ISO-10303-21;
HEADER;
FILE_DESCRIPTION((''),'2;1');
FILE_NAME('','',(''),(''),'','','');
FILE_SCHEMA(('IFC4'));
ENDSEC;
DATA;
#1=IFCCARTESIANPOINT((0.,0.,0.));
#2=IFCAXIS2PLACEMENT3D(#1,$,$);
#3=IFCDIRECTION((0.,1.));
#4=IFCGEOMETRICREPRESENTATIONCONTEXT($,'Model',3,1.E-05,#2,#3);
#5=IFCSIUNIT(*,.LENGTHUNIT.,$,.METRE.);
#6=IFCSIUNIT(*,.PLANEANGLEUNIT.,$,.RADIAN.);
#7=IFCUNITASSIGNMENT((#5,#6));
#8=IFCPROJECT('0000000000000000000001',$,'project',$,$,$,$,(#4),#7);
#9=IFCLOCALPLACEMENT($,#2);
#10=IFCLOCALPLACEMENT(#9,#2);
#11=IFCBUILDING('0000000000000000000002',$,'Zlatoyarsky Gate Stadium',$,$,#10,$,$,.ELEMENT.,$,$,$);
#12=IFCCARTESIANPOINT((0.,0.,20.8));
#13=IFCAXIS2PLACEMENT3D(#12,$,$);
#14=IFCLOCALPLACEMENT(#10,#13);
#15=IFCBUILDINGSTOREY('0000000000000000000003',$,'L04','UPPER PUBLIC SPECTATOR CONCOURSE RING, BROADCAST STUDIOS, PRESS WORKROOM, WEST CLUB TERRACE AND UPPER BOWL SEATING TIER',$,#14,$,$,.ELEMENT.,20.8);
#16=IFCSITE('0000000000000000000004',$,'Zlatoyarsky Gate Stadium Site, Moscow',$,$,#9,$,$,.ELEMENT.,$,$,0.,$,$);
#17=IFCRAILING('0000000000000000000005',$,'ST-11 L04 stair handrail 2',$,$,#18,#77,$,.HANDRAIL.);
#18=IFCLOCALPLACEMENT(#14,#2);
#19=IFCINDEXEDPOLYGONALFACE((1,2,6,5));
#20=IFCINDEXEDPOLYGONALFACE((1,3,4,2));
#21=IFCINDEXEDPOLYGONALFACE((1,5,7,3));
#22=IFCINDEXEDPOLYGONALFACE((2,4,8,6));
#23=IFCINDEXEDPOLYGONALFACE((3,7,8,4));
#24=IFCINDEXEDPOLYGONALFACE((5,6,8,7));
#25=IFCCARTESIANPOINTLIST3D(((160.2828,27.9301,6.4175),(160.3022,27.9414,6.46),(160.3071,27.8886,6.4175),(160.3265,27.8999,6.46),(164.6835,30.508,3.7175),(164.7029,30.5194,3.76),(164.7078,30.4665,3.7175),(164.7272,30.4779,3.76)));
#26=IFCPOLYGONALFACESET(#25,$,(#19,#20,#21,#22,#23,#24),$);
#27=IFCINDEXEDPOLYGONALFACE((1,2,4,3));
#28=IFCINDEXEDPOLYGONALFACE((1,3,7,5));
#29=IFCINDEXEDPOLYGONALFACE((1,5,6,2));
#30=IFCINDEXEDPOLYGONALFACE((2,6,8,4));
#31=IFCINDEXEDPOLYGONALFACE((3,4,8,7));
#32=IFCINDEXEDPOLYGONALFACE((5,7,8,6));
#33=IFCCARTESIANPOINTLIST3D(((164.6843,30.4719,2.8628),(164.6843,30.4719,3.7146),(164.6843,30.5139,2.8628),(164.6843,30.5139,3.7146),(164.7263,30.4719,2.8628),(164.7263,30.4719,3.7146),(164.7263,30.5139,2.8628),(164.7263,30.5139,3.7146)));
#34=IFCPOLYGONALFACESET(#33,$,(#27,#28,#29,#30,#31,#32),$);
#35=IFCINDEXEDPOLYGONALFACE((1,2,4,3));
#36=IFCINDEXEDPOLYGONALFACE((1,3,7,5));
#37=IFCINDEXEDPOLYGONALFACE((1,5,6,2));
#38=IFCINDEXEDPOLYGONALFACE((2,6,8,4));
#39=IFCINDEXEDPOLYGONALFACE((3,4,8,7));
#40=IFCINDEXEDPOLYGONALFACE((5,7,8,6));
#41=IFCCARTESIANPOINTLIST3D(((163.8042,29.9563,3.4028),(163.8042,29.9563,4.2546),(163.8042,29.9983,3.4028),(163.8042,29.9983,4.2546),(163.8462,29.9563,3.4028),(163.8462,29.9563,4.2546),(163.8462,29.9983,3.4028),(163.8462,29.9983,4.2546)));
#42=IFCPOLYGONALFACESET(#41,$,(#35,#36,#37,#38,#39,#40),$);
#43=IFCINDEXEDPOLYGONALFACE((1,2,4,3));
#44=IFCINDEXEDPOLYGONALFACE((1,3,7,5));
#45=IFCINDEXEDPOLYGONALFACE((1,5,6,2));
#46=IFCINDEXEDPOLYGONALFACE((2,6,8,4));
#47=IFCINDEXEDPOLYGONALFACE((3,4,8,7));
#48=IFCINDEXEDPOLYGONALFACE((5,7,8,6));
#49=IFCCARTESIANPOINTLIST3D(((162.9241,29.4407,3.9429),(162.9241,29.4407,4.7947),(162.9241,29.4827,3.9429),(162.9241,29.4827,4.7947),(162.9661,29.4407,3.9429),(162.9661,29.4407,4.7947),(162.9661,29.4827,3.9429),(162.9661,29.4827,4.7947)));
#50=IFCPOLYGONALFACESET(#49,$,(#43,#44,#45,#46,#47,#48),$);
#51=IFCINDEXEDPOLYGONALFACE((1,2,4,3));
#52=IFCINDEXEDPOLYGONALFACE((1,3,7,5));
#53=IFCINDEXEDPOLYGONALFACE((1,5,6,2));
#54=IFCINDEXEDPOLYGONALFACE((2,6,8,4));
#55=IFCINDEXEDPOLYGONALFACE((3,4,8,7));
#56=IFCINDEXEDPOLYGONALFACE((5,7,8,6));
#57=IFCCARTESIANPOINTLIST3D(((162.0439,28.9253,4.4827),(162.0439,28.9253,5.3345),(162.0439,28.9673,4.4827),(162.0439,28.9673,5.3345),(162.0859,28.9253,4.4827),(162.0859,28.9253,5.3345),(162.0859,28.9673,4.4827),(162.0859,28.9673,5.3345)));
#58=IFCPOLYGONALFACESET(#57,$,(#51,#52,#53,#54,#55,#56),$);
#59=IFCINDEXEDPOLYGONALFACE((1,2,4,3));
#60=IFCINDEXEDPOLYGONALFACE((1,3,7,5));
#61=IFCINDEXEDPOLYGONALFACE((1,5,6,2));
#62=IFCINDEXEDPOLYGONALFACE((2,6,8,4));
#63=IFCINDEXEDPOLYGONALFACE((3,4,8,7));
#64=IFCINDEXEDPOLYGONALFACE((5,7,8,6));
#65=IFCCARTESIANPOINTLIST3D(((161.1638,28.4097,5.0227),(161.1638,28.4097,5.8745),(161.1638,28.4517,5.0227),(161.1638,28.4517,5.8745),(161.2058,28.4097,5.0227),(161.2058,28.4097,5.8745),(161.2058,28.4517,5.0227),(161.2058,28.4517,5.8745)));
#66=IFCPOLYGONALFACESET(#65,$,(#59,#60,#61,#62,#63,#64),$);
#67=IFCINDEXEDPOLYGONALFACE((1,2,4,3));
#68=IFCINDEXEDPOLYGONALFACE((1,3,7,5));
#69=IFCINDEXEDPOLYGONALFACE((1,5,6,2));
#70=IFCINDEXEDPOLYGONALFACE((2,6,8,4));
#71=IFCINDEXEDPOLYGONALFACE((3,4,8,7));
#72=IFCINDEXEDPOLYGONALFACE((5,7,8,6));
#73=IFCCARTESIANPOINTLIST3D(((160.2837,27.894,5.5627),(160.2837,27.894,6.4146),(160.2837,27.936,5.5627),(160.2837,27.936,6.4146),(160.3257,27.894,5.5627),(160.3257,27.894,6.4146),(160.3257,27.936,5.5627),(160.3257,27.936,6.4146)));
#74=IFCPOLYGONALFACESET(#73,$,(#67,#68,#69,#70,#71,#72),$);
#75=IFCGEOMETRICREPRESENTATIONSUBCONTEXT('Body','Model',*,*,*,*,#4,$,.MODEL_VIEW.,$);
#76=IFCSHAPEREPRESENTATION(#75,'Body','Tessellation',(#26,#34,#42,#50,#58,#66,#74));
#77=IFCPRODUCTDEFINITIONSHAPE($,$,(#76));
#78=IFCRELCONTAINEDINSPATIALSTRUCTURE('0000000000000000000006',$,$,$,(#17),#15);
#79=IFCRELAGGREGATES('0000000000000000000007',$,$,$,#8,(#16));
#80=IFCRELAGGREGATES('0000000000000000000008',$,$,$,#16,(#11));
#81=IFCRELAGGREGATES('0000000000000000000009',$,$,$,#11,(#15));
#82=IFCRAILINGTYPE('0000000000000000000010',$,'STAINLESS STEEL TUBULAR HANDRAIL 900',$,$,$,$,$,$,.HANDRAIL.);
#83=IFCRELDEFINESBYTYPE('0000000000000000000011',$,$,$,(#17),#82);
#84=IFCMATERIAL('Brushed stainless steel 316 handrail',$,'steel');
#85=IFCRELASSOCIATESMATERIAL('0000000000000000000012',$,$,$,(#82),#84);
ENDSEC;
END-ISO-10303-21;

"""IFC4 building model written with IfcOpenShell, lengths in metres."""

from ifc_helpers import new_model, si_unit, direction, frame, origin, origin_2d, place, context, subcontext, project, spatial, rectangle, extrude, material, type_object, element, save


model = new_model("IFC4")

# Units and contexts
model_context = context("Model", 3, precision=1e-05, world=origin(), true_north=direction((0.0, 1.0)))
body_context = subcontext(model_context, "Body", "Model", "MODEL_VIEW")
ifc_project = project(units=[si_unit("LENGTHUNIT", "METRE"), si_unit("PLANEANGLEUNIT", "RADIAN")], contexts=[model_context])

# Site, building, storey
site_placement = place(None, origin())
site = spatial("IfcSite", under=ifc_project, at=site_placement, Name="Zlatoyarsky Gate Stadium Site, Moscow", CompositionType="ELEMENT", RefElevation=0.0)
building_placement = place(site_placement, origin())
building = spatial("IfcBuilding", under=site, at=building_placement, Name="Zlatoyarsky Gate Stadium", CompositionType="ELEMENT")
storey_placement = place(building_placement, frame((0.0, 0.0, 20.8)))
storey = spatial("IfcBuildingStorey", under=building, at=storey_placement, Name="L04", Description="UPPER PUBLIC SPECTATOR CONCOURSE RING, BROADCAST STUDIOS, PRESS WORKROOM, WEST CLUB TERRACE AND UPPER BOWL SEATING TIER", CompositionType="ELEMENT", Elevation=20.8)

# Railing
ifc_material_1 = material(Name="Brushed stainless steel 316 handrail", Category="steel")
railing_type_1 = type_object("IfcRailingType", Name="STAINLESS STEEL TUBULAR HANDRAIL 900", PredefinedType="HANDRAIL", material=ifc_material_1)
railing_1_placement = place(storey_placement, frame((164.7053, 30.4929, 2.8628)))
element("IfcRailing", 1, at=railing_1_placement, inside=storey, type_object=railing_type_1, Name="ST-11 L04 stair handrail 2", PredefinedType="HANDRAIL", context=body_context, shape_type="SweptSolid", body=[
    extrude(rectangle(XDim=0.0481, YDim=0.0481, at=origin_2d()), frame((0.0, 0.0, 0.876), z_axis=(-0.762585, -0.44672, 0.467874), x_axis=(0.505457, -0.862852, 0.0)), (0.0, 0.0, 1.0), 5.7708),
    extrude(rectangle(XDim=0.042, YDim=0.042, at=origin_2d()), origin(), (0.0, 0.0, 1.0), 0.8518),
    extrude(rectangle(XDim=0.042, YDim=0.042, at=origin_2d()), frame((-0.8801, -0.5156, 0.54)), (0.0, 0.0, 1.0), 0.8518),
    extrude(rectangle(XDim=0.042, YDim=0.042, at=origin_2d()), frame((-1.7603, -1.0312, 1.0801)), (0.0, 0.0, 1.0), 0.8518),
    extrude(rectangle(XDim=0.042, YDim=0.042, at=origin_2d()), frame((-2.6404, -1.5466, 1.6199)), (0.0, 0.0, 1.0), 0.8518),
    extrude(rectangle(XDim=0.042, YDim=0.042, at=origin_2d()), frame((-3.5205, -2.0623, 2.1599)), (0.0, 0.0, 1.0), 0.8518),
    extrude(rectangle(XDim=0.042, YDim=0.042, at=origin_2d()), frame((-4.4006, -2.5779, 2.7)), (0.0, 0.0, 1.0), 0.8518),
])

save(model, "model.ifc")
